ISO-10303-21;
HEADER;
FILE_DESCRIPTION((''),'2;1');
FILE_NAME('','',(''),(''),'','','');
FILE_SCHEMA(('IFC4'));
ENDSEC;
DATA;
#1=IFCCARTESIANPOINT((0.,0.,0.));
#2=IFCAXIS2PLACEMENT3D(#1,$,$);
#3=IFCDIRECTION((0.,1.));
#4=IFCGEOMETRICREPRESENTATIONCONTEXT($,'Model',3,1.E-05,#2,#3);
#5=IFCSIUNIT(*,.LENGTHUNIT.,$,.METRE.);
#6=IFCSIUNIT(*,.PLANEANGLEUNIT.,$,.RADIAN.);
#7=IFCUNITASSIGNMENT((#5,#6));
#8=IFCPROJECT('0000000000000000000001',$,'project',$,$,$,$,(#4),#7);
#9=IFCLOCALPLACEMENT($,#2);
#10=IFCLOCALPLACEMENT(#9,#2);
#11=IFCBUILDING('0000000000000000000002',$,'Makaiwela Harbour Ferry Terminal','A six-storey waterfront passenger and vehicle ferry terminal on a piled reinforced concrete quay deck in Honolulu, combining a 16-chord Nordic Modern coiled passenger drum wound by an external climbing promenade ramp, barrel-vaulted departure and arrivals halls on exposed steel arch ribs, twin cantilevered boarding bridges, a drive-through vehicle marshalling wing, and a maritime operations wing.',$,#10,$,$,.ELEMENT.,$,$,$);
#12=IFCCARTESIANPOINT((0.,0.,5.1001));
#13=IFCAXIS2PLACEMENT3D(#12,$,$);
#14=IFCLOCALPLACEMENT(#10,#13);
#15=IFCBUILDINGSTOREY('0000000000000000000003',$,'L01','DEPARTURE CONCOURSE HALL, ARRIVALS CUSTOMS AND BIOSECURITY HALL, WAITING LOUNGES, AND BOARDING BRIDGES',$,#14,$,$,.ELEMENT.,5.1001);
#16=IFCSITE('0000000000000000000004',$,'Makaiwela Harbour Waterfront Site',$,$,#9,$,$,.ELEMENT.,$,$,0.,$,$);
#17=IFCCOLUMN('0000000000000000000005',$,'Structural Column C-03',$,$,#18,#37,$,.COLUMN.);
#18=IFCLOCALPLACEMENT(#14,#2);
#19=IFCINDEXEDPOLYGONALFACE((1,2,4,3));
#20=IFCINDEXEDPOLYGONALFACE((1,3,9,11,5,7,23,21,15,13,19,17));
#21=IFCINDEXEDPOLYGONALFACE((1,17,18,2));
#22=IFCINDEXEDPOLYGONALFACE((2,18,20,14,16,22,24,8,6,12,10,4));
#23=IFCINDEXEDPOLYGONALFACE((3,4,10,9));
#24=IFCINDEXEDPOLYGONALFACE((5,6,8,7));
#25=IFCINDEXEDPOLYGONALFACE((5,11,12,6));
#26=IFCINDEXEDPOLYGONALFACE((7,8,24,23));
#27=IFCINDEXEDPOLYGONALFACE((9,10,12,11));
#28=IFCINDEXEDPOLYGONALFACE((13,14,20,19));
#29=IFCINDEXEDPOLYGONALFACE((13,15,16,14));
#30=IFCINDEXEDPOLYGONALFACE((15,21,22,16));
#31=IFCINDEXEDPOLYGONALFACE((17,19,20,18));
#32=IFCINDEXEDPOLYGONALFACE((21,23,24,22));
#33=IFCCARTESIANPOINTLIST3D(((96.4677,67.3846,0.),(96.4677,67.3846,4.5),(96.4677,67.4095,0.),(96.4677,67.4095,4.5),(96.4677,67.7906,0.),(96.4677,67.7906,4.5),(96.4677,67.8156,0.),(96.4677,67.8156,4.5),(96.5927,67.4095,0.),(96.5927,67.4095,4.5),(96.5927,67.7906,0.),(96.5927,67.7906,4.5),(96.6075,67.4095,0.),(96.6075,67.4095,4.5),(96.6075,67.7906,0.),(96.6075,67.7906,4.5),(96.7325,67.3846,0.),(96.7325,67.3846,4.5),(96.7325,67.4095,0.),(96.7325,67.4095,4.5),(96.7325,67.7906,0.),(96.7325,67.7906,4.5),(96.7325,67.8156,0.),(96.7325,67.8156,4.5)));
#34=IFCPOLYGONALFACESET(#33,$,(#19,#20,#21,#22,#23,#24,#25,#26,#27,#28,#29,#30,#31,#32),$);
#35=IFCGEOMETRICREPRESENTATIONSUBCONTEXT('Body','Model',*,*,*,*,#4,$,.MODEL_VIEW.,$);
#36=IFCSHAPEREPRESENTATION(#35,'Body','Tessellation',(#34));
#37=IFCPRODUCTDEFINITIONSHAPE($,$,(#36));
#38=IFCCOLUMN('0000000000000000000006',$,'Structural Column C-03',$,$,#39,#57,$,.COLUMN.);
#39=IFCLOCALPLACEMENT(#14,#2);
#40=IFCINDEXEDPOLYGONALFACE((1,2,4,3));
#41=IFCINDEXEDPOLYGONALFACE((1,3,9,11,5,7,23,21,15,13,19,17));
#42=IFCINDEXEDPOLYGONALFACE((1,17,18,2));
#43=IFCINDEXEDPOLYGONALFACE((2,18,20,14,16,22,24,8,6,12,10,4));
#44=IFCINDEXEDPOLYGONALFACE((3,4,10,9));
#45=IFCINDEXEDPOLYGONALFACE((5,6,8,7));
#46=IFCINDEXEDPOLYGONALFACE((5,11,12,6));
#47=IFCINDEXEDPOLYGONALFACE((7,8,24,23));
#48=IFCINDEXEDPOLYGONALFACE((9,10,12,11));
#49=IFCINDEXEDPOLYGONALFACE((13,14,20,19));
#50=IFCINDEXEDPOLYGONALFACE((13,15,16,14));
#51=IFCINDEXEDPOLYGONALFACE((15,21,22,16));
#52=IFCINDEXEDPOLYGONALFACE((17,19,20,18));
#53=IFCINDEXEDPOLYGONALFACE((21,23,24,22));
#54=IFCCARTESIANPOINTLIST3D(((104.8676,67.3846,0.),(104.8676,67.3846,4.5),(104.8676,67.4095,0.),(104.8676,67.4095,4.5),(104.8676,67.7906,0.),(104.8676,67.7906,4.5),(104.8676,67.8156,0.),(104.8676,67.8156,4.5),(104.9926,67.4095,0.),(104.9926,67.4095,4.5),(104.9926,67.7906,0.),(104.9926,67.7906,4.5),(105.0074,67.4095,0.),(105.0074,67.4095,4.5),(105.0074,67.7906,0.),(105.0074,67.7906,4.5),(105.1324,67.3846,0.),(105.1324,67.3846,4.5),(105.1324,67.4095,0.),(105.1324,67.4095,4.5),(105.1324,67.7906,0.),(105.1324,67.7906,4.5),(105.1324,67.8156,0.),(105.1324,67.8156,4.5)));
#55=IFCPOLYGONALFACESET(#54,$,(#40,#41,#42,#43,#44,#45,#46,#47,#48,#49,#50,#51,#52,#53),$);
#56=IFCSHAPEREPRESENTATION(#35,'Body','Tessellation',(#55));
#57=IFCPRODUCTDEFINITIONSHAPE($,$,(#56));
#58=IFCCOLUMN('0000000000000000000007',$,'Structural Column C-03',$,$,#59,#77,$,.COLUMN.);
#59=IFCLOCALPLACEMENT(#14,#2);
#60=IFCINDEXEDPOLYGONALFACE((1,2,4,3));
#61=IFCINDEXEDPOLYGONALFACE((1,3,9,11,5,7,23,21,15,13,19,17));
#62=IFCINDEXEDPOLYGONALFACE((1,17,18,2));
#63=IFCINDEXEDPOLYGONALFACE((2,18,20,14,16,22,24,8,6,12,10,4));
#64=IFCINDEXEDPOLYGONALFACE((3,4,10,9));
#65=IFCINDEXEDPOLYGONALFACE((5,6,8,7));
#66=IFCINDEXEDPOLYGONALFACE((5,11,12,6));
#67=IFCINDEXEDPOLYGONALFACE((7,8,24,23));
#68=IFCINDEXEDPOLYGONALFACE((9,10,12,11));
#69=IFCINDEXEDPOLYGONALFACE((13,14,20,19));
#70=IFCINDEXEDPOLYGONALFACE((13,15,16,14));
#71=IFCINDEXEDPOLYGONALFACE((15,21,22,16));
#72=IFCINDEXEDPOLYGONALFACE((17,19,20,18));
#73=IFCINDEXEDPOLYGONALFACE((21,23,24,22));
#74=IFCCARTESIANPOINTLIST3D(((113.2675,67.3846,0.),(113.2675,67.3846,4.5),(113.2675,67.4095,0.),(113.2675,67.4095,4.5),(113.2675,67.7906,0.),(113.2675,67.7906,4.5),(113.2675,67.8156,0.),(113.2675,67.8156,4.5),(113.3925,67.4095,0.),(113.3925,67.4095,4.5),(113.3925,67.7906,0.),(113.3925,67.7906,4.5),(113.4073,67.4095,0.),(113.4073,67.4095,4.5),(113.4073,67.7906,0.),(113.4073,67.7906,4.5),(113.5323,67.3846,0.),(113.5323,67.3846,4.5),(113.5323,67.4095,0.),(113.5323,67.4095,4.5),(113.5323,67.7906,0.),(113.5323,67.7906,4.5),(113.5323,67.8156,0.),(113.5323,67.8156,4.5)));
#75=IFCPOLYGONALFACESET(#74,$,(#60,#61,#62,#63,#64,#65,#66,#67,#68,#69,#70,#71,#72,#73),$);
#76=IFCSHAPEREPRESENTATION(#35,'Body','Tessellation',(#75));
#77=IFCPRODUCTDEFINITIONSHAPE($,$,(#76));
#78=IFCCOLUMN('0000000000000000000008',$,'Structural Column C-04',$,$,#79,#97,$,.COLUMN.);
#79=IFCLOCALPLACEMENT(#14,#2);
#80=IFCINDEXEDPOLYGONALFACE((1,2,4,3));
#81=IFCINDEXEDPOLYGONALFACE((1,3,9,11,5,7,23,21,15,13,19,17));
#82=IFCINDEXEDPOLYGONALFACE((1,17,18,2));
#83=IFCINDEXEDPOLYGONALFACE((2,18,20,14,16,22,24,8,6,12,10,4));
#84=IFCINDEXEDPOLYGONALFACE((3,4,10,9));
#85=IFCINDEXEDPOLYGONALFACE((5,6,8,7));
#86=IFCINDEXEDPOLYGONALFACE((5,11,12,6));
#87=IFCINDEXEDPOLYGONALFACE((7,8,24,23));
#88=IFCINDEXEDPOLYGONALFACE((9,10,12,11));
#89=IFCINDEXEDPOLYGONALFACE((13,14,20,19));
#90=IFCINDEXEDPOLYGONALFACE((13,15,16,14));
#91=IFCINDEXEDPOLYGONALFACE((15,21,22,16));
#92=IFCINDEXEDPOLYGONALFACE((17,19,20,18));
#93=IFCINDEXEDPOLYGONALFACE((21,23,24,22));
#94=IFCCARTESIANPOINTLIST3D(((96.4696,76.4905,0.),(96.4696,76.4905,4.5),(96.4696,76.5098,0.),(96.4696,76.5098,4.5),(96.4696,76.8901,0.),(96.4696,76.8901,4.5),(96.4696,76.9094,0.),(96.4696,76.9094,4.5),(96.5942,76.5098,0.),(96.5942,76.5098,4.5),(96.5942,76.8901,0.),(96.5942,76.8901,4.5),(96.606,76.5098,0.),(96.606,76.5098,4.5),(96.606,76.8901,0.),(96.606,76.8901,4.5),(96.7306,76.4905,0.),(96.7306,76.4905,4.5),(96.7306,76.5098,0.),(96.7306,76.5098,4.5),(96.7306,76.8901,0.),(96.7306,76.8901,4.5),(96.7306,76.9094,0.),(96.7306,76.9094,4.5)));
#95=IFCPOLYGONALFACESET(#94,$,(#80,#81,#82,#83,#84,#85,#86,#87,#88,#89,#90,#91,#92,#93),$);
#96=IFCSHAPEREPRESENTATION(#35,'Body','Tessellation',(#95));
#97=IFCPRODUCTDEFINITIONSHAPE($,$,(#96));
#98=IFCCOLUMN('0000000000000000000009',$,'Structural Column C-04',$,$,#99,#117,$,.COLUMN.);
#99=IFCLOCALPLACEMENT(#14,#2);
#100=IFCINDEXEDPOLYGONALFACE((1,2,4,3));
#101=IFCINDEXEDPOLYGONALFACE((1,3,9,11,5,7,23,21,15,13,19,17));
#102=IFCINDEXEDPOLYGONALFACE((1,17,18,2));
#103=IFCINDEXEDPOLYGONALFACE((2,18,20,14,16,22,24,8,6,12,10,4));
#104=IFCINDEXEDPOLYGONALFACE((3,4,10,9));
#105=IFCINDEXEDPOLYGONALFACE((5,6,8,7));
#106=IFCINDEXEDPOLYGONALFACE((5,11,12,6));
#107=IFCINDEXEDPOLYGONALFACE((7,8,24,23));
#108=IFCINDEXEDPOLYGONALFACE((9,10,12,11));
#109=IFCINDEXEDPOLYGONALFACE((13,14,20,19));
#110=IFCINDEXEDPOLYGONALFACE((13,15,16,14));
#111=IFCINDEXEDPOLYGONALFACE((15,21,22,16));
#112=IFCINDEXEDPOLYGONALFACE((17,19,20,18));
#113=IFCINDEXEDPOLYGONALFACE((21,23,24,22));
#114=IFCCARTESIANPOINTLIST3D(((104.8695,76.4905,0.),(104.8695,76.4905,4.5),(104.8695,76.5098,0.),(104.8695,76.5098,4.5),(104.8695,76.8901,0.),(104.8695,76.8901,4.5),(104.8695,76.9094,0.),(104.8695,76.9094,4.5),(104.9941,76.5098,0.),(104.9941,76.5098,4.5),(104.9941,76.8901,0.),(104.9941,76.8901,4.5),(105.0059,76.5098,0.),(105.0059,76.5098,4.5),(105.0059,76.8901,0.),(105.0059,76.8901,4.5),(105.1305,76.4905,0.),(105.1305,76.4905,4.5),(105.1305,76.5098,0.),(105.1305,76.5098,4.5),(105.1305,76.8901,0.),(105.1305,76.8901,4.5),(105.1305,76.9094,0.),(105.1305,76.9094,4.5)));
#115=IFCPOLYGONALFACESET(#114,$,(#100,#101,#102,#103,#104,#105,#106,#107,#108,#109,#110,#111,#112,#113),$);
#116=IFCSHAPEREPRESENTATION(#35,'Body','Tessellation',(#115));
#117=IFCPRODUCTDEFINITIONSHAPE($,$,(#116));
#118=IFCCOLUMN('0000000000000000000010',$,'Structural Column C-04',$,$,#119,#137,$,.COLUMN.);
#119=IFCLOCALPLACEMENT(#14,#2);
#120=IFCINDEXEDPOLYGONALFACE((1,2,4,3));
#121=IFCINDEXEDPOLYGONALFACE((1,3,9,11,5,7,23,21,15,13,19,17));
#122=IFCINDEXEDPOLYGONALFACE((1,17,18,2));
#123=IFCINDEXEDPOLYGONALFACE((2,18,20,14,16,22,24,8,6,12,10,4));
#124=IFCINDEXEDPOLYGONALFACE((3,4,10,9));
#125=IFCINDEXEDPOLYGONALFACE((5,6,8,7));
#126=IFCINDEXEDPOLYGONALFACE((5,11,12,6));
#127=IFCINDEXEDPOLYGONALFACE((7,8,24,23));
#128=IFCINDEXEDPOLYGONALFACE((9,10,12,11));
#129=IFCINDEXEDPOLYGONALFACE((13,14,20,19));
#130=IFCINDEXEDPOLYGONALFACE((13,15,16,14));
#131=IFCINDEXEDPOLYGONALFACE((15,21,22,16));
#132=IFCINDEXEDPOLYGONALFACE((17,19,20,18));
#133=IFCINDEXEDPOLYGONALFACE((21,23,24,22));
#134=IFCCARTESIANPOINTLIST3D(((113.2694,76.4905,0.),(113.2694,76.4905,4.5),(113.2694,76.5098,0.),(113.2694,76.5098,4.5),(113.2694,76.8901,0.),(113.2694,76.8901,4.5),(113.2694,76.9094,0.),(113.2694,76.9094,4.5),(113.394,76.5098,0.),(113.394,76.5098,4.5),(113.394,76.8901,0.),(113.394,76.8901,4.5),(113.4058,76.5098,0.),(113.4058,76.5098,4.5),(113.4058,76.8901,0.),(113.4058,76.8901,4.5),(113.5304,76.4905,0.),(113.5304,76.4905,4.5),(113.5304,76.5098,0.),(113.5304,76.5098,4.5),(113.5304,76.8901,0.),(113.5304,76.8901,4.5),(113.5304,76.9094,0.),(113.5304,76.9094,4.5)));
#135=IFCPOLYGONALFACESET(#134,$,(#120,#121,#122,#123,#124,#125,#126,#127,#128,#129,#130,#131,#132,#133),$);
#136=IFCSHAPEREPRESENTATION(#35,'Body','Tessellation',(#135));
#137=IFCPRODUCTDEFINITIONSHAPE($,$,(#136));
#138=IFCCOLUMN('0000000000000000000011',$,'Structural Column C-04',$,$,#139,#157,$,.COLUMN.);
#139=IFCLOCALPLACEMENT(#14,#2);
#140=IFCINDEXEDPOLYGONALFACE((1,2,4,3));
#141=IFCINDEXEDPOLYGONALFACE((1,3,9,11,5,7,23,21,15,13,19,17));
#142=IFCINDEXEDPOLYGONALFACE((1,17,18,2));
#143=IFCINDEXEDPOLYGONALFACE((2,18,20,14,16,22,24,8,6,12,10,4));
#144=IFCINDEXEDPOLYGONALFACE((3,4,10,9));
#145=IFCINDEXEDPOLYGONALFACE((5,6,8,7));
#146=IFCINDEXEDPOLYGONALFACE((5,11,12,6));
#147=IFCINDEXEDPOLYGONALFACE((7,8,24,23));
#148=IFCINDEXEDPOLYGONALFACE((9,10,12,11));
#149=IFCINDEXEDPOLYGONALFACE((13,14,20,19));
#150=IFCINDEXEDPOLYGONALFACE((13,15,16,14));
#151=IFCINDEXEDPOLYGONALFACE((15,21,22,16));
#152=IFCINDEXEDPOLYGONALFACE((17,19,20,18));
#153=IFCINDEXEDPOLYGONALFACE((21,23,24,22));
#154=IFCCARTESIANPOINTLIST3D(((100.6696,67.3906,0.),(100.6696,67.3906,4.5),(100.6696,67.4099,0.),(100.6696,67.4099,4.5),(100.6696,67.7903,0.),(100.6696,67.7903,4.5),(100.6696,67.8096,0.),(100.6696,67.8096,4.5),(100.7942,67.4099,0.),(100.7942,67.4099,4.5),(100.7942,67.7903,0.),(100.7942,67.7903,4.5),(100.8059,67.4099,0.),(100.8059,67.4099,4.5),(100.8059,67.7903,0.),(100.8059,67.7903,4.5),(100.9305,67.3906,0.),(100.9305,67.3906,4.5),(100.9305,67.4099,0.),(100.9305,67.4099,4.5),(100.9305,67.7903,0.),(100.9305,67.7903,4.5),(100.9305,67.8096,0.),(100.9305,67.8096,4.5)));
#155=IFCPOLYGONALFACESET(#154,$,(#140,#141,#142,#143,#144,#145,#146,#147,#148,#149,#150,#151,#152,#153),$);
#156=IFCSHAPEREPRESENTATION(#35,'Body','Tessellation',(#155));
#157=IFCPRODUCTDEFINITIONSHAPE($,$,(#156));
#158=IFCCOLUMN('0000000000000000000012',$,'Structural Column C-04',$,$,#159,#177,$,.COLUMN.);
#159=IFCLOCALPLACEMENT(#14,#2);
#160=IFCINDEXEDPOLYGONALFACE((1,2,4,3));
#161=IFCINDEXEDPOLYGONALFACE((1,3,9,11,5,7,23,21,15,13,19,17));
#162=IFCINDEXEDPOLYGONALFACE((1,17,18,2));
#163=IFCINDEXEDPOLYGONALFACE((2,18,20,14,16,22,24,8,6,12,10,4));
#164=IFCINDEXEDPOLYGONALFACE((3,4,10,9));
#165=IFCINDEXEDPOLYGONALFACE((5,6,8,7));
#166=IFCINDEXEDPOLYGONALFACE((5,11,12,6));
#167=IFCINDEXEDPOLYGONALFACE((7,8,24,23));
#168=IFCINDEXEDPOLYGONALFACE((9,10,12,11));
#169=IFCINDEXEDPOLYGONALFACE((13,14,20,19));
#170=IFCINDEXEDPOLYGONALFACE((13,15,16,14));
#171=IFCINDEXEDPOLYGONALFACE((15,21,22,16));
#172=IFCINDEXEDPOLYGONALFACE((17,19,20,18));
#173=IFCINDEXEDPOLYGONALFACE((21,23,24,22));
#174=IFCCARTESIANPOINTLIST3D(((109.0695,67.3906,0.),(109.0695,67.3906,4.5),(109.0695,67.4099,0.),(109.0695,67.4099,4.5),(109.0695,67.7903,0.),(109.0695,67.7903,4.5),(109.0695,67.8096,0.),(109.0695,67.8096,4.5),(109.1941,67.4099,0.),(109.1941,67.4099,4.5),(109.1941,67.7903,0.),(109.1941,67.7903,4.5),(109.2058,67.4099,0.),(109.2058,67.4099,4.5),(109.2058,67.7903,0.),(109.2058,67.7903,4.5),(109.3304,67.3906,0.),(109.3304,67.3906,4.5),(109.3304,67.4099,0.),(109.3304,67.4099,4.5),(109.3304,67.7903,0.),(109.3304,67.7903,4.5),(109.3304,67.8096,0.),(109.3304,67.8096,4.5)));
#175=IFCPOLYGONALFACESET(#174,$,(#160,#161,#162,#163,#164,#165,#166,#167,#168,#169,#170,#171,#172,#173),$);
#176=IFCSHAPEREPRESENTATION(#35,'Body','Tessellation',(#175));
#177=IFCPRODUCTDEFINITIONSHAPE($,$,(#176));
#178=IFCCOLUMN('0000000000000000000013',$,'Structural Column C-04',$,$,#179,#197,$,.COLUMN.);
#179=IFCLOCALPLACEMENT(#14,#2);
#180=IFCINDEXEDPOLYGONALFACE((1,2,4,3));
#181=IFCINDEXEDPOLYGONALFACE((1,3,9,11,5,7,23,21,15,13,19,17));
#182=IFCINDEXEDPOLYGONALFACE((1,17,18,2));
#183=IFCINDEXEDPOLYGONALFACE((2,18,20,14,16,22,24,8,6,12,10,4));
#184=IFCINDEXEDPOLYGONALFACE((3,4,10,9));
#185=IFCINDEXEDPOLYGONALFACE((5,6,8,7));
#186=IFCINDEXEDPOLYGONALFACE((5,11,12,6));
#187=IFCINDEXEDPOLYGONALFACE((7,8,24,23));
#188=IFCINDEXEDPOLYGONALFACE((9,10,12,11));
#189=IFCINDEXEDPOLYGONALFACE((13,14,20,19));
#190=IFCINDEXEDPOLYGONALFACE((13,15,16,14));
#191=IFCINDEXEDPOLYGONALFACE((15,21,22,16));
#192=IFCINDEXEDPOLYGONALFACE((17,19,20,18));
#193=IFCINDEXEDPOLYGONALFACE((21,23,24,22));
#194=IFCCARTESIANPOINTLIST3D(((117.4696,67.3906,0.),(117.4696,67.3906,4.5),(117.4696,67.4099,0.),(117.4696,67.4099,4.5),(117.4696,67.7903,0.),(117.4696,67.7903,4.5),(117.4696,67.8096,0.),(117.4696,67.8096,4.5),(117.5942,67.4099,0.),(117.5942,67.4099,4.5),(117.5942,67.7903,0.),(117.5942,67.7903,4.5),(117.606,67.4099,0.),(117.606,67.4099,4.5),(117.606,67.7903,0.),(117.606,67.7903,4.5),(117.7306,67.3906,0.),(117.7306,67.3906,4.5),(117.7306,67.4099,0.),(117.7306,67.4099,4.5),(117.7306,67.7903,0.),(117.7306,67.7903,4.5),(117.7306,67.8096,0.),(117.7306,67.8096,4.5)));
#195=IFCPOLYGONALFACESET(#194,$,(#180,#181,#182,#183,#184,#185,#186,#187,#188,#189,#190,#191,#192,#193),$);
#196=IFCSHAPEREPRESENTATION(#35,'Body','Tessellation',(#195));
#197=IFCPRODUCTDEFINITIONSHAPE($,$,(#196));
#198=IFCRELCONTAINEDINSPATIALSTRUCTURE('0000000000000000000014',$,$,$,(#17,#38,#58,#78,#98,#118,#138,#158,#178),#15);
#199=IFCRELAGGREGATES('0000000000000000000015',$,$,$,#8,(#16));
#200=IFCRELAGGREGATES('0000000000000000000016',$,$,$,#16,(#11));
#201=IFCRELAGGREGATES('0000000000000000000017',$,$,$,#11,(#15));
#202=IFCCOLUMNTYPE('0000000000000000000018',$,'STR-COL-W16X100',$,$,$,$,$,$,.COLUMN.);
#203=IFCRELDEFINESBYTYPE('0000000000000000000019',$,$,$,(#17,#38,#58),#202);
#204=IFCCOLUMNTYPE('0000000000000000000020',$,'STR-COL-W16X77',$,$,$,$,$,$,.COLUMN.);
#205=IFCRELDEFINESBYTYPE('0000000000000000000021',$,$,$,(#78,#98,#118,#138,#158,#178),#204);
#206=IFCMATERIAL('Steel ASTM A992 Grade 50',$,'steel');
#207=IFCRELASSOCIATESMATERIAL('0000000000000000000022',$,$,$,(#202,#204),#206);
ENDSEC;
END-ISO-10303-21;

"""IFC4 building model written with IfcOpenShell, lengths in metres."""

from ifc_helpers import new_model, si_unit, direction, frame, origin, origin_2d, place, context, subcontext, project, spatial, i_section, extrude, material, material_profile, profile_set, type_object, element, save


model = new_model("IFC4")

# Units and contexts
model_context = context("Model", 3, precision=1e-05, world=origin(), true_north=direction((0.0, 1.0)))
body_context = subcontext(model_context, "Body", "Model", "MODEL_VIEW")
ifc_project = project(units=[si_unit("LENGTHUNIT", "METRE"), si_unit("PLANEANGLEUNIT", "RADIAN")], contexts=[model_context])

# Site, building, storey
site_placement = place(None, origin())
site = spatial("IfcSite", under=ifc_project, at=site_placement, Name="Makaiwela Harbour Waterfront Site", CompositionType="ELEMENT", RefElevation=0.0)
building_placement = place(site_placement, origin())
building = spatial("IfcBuilding", under=site, at=building_placement, Name="Makaiwela Harbour Ferry Terminal", Description="A six-storey waterfront passenger and vehicle ferry terminal on a piled reinforced concrete quay deck in Honolulu, combining a 16-chord Nordic Modern coiled passenger drum wound by an external climbing promenade ramp, barrel-vaulted departure and arrivals halls on exposed steel arch ribs, twin cantilevered boarding bridges, a drive-through vehicle marshalling wing, and a maritime operations wing.", CompositionType="ELEMENT")
storey_placement = place(building_placement, frame((0.0, 0.0, 5.1001)))
storey = spatial("IfcBuildingStorey", under=building, at=storey_placement, Name="L01", Description="DEPARTURE CONCOURSE HALL, ARRIVALS CUSTOMS AND BIOSECURITY HALL, WAITING LOUNGES, AND BOARDING BRIDGES", CompositionType="ELEMENT", Elevation=5.1001)

# Columns
ifc_material = material(Name="Steel ASTM A992 Grade 50", Category="steel")
ifc_material_profile_1 = material_profile(ifc_material, i_section(OverallWidth=0.2649, OverallDepth=0.4309, WebThickness=0.0149, FlangeThickness=0.0249, at=origin_2d()), Name="W16X100")
ifc_profile_set_1 = profile_set([ifc_material_profile_1], Name="Steel ASTM A992 Grade 50")
column_type_1 = type_object("IfcColumnType", Name="STR-COL-W16X100", PredefinedType="COLUMN", material=ifc_profile_set_1)
for number, where, z_axis, x_axis, name in (
    (1, (96.6001, 67.6001, 0.0), (0.0, 0.0, 1.0), (1.0, 0.0, 0.0), "Structural Column C-03"),
    (2, (105.0, 67.6001, 0.0), (0.0, 0.0, 1.0), (1.0, 0.0, 0.0), "Structural Column C-03"),
    (3, (113.3999, 67.6001, 0.0), (0.0, 0.0, 1.0), (1.0, 0.0, 0.0), "Structural Column C-03"),
):
    element("IfcColumn", number, at=place(storey_placement, frame(where, z_axis=z_axis, x_axis=x_axis)), inside=storey, type_object=column_type_1, Name=name, PredefinedType="COLUMN", context=body_context, shape_type="SweptSolid", body=[
        extrude(i_section(OverallWidth=0.2649, OverallDepth=0.4309, WebThickness=0.0149, FlangeThickness=0.0249, at=origin_2d()), origin(), (0.0, 0.0, 1.0), 4.5),
    ])
ifc_material_profile_2 = material_profile(ifc_material, i_section(OverallWidth=0.261, OverallDepth=0.4189, WebThickness=0.0117, FlangeThickness=0.0193, at=origin_2d()), Name="W16X77")
ifc_profile_set_2 = profile_set([ifc_material_profile_2], Name="Steel ASTM A992 Grade 50")
column_type_2 = type_object("IfcColumnType", Name="STR-COL-W16X77", PredefinedType="COLUMN", material=ifc_profile_set_2)
for number, where, z_axis, x_axis, name in (
    (4, (96.6001, 76.7, 0.0), (0.0, 0.0, 1.0), (1.0, 0.0, 0.0), "Structural Column C-04"),
    (5, (105.0, 76.7, 0.0), (0.0, 0.0, 1.0), (1.0, 0.0, 0.0), "Structural Column C-04"),
    (6, (113.3999, 76.7, 0.0), (0.0, 0.0, 1.0), (1.0, 0.0, 0.0), "Structural Column C-04"),
    (7, (100.8, 67.6001, 0.0), (0.0, 0.0, 1.0), (1.0, 0.0, 0.0), "Structural Column C-04"),
    (8, (109.2, 67.6001, 0.0), (0.0, 0.0, 1.0), (1.0, 0.0, 0.0), "Structural Column C-04"),
    (9, (117.6001, 67.6001, 0.0), (0.0, 0.0, 1.0), (1.0, 0.0, 0.0), "Structural Column C-04"),
):
    element("IfcColumn", number, at=place(storey_placement, frame(where, z_axis=z_axis, x_axis=x_axis)), inside=storey, type_object=column_type_2, Name=name, PredefinedType="COLUMN", context=body_context, shape_type="SweptSolid", body=[
        extrude(i_section(OverallWidth=0.261, OverallDepth=0.4189, WebThickness=0.0117, FlangeThickness=0.0193, at=origin_2d()), origin(), (0.0, 0.0, 1.0), 4.5),
    ])

save(model, "model.ifc")
